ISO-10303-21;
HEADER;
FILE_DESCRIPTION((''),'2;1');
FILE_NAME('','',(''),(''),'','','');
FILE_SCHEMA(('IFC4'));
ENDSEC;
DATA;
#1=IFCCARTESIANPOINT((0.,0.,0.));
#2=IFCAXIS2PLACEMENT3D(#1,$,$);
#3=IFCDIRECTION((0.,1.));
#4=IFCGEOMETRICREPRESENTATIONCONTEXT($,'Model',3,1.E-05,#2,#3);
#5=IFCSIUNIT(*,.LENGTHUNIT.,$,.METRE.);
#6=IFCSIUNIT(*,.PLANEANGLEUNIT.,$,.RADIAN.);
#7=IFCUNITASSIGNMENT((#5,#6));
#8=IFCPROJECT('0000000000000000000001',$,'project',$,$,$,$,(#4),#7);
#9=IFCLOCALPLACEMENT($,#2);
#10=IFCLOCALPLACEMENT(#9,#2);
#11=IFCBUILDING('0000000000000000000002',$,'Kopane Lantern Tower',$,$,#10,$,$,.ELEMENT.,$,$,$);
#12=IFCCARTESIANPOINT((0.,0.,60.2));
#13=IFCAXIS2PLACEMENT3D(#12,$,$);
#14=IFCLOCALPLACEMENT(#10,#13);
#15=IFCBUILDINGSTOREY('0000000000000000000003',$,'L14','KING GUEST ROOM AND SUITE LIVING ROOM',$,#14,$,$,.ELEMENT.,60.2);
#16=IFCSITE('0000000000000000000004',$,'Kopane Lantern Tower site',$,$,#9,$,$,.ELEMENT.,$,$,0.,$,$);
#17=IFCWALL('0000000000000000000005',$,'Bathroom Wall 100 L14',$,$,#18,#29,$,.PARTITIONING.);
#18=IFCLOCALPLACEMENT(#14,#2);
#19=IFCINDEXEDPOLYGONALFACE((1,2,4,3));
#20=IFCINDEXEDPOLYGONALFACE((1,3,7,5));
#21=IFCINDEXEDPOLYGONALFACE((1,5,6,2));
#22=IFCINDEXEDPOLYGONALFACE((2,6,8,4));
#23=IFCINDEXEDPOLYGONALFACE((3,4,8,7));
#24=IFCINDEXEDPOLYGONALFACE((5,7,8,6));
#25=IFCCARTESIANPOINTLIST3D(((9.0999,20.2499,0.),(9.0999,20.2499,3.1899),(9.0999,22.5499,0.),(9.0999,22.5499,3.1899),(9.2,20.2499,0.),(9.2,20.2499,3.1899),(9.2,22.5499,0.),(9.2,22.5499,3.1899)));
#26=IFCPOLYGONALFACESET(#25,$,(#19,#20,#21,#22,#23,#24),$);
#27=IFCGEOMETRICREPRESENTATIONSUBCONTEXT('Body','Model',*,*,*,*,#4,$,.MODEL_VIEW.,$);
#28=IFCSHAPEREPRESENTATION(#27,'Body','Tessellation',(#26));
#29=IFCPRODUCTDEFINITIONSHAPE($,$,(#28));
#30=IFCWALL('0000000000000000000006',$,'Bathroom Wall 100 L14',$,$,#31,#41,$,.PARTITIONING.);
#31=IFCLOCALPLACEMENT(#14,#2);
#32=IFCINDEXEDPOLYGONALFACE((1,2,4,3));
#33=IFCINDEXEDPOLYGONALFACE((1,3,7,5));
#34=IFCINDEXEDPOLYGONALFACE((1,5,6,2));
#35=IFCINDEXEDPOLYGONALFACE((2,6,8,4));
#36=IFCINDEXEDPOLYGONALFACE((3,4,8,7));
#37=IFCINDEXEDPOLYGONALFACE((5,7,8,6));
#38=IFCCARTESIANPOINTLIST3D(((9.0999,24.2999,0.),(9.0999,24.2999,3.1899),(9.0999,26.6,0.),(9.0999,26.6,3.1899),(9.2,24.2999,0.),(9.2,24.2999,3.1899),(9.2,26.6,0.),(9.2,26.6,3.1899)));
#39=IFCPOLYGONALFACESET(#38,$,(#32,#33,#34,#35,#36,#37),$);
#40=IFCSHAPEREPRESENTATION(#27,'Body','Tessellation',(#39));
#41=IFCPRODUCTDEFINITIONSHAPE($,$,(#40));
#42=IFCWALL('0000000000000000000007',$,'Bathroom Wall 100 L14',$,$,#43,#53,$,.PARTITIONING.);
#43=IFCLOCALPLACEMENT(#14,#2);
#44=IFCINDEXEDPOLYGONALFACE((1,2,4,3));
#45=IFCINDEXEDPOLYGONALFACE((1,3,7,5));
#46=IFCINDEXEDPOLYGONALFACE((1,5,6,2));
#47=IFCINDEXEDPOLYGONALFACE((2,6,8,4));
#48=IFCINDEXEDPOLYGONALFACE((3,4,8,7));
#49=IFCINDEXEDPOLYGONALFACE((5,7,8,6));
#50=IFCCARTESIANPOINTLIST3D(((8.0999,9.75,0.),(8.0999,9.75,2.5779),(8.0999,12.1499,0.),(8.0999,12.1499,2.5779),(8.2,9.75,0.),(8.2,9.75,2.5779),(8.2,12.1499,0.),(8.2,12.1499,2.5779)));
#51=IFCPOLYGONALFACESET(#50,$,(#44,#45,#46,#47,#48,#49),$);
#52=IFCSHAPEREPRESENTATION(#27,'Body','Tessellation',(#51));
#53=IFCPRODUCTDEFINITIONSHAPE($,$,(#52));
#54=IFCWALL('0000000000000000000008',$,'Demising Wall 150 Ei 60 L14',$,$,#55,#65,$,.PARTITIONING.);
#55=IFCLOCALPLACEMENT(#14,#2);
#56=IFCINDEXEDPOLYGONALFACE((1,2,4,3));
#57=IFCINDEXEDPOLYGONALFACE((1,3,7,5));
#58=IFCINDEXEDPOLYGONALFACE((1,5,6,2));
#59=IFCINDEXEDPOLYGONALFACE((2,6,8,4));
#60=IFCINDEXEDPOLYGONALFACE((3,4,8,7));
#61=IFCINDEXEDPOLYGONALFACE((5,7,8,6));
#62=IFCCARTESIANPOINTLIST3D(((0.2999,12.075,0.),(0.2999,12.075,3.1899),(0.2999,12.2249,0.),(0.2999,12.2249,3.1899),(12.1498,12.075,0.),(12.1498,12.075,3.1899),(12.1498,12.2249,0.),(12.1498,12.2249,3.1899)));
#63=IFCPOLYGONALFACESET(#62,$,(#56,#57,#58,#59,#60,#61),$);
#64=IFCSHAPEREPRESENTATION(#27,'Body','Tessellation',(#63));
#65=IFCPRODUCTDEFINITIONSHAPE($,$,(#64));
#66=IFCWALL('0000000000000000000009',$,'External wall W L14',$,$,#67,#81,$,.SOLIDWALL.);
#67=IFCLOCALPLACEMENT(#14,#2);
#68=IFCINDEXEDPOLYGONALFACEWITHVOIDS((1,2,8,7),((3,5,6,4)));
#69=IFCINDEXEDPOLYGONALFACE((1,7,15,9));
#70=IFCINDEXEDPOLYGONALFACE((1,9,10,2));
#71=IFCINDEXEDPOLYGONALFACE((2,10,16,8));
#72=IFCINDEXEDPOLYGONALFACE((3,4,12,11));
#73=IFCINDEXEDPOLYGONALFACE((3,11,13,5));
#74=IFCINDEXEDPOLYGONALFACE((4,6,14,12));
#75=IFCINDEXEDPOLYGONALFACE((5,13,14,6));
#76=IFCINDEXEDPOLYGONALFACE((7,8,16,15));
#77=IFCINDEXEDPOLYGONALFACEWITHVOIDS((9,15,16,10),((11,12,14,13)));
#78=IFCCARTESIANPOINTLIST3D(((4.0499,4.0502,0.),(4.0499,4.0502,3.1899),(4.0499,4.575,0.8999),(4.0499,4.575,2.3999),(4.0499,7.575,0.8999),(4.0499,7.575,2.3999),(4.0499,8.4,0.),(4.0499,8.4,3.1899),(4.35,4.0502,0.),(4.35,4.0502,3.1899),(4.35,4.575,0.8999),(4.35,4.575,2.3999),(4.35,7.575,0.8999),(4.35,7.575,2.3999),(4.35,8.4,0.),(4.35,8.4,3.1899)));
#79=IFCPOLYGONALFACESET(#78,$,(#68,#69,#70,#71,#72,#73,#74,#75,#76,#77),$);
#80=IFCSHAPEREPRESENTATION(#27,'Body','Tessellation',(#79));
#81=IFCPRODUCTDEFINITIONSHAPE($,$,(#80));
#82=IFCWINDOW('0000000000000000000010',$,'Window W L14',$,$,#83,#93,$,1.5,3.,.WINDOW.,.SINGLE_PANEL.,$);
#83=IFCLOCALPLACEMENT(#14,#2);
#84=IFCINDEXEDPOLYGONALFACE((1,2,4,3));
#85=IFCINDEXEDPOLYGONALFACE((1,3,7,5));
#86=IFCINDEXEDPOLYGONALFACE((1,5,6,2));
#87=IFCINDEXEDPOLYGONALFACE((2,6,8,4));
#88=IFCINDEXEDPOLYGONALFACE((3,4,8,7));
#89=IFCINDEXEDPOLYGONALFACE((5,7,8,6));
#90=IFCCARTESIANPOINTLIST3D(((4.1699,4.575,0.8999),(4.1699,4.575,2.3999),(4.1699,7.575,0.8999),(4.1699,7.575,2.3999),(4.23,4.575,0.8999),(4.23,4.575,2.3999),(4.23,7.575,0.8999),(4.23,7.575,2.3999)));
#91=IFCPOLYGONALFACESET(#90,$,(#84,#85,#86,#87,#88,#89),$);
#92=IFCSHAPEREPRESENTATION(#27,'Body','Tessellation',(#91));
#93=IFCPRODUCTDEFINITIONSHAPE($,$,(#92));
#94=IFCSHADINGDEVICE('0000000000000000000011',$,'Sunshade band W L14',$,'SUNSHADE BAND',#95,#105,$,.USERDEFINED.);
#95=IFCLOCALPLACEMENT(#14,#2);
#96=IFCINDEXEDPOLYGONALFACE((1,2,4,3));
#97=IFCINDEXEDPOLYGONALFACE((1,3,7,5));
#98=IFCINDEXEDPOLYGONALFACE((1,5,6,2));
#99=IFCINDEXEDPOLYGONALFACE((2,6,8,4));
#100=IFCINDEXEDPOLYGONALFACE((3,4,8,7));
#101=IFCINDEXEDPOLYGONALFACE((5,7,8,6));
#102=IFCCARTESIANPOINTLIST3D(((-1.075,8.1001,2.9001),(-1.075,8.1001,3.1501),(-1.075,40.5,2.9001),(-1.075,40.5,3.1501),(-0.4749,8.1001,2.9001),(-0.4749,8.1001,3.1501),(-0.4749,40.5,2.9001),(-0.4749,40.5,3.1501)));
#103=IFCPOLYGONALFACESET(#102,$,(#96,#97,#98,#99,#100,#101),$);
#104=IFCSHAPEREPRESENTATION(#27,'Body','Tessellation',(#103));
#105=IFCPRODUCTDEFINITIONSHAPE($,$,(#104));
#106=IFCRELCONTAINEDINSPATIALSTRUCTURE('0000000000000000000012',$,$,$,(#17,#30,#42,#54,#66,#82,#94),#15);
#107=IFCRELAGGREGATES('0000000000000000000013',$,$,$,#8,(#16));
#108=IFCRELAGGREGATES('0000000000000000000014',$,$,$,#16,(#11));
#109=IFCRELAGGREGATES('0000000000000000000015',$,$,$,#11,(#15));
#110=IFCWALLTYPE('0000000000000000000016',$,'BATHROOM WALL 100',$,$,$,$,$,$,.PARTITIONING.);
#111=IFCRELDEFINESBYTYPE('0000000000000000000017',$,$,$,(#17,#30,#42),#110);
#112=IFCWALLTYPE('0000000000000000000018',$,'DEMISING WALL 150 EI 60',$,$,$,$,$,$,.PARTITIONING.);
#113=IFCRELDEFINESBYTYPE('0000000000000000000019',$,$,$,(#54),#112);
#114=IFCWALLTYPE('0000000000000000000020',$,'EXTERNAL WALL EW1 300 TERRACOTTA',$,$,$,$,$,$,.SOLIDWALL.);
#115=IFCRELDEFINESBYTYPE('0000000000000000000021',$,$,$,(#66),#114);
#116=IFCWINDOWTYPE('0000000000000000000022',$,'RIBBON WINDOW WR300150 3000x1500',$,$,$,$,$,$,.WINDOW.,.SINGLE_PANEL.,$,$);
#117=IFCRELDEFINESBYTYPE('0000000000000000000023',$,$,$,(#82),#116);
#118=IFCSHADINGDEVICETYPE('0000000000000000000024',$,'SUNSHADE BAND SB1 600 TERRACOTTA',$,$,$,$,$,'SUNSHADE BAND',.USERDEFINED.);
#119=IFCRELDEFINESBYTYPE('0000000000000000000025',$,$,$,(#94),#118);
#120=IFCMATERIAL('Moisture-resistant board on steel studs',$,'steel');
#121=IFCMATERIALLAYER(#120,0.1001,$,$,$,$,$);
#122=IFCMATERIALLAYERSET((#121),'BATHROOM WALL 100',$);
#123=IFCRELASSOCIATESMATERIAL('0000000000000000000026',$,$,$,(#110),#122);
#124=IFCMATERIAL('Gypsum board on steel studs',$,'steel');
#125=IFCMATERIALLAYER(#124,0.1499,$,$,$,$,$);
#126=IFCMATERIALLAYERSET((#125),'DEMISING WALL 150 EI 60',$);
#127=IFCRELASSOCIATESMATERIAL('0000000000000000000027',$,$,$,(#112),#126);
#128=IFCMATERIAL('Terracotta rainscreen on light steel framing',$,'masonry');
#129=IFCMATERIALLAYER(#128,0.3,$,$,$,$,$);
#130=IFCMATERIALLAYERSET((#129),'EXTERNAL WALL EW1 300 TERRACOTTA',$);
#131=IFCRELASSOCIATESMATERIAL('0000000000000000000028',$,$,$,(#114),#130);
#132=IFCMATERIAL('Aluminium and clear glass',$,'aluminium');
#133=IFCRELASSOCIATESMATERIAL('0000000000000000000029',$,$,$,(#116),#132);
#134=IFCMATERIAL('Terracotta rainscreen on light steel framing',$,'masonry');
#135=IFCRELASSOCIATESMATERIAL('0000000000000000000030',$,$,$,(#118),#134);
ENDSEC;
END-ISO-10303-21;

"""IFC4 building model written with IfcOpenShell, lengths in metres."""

from ifc_helpers import new_model, si_unit, direction, frame, frame_2d, origin, origin_2d, place, context, subcontext, project, spatial, rectangle, extrude, material, layer, layer_set, type_object, element, fill, save


model = new_model("IFC4")

# Units and contexts
model_context = context("Model", 3, precision=1e-05, world=origin(), true_north=direction((0.0, 1.0)))
body_context = subcontext(model_context, "Body", "Model", "MODEL_VIEW")
ifc_project = project(units=[si_unit("LENGTHUNIT", "METRE"), si_unit("PLANEANGLEUNIT", "RADIAN")], contexts=[model_context])

# Site, building, storey
site_placement = place(None, origin())
site = spatial("IfcSite", under=ifc_project, at=site_placement, Name="Kopane Lantern Tower site", CompositionType="ELEMENT", RefElevation=0.0)
building_placement = place(site_placement, origin())
building = spatial("IfcBuilding", under=site, at=building_placement, Name="Kopane Lantern Tower", CompositionType="ELEMENT")
storey_placement = place(building_placement, frame((0.0, 0.0, 60.2)))
storey = spatial("IfcBuildingStorey", under=building, at=storey_placement, Name="L14", Description="KING GUEST ROOM AND SUITE LIVING ROOM", CompositionType="ELEMENT", Elevation=60.2)

# Walls
ifc_material_1 = material(Name="Moisture-resistant board on steel studs", Category="steel")
ifc_layer_1 = layer(ifc_material_1, 0.1001)
ifc_layer_set_1 = layer_set([ifc_layer_1], Name="BATHROOM WALL 100")
wall_type_1 = type_object("IfcWallType", Name="BATHROOM WALL 100", PredefinedType="PARTITIONING", material=ifc_layer_set_1)
for number, where, z_axis, x_axis, name in (
    (1, (9.1499, 20.25, 0.0), (0.0, 0.0, 1.0), (0.0, 1.0, 0.0), "Bathroom Wall 100 L14"),
    (2, (9.1499, 24.3, 0.0), (0.0, 0.0, 1.0), (0.0, 1.0, 0.0), "Bathroom Wall 100 L14"),
):
    element("IfcWall", number, at=place(storey_placement, frame(where, z_axis=z_axis, x_axis=x_axis)), inside=storey, type_object=wall_type_1, Name=name, PredefinedType="PARTITIONING", context=body_context, shape_type="SweptSolid", body=[
        extrude(rectangle(XDim=2.3, YDim=0.1001, at=frame_2d((1.1499, 0.0))), origin(), (0.0, 0.0, 1.0), 3.1899),
    ])
wall_1_placement = place(storey_placement, frame((8.1499, 12.1499, 0.0), z_axis=(0.0, 0.0, 1.0), x_axis=(0.0, -1.0, 0.0)))
element("IfcWall", 3, at=wall_1_placement, inside=storey, type_object=wall_type_1, Name="Bathroom Wall 100 L14", PredefinedType="PARTITIONING", context=body_context, shape_type="SweptSolid", body=[
    extrude(rectangle(XDim=2.3999, YDim=0.1001, at=frame_2d((1.2, 0.0))), origin(), (0.0, 0.0, 1.0), 2.5779),
])
ifc_material_2 = material(Name="Gypsum board on steel studs", Category="steel")
ifc_layer_2 = layer(ifc_material_2, 0.1499)
ifc_layer_set_2 = layer_set([ifc_layer_2], Name="DEMISING WALL 150 EI 60")
wall_type_2 = type_object("IfcWallType", Name="DEMISING WALL 150 EI 60", PredefinedType="PARTITIONING", material=ifc_layer_set_2)
wall_2_placement = place(storey_placement, frame((0.3, 12.1499, 0.0), z_axis=(0.0, 0.0, 1.0), x_axis=(1.0, 0.0, 0.0)))
element("IfcWall", 4, at=wall_2_placement, inside=storey, type_object=wall_type_2, Name="Demising Wall 150 Ei 60 L14", PredefinedType="PARTITIONING", context=body_context, shape_type="SweptSolid", body=[
    extrude(rectangle(XDim=11.8499, YDim=0.1499, at=frame_2d((5.9248, 0.0))), origin(), (0.0, 0.0, 1.0), 3.1899),
])

# Wall, opening, window
ifc_material_3 = material(Name="Terracotta rainscreen on light steel framing", Category="masonry")
ifc_layer_3 = layer(ifc_material_3, 0.3)
ifc_layer_set_3 = layer_set([ifc_layer_3], Name="EXTERNAL WALL EW1 300 TERRACOTTA")
wall_type_3 = type_object("IfcWallType", Name="EXTERNAL WALL EW1 300 TERRACOTTA", PredefinedType="SOLIDWALL", material=ifc_layer_set_3)
wall_3_placement = place(storey_placement, frame((4.2, 8.3999, 0.0), z_axis=(0.0, 0.0, 1.0), x_axis=(0.0, -1.0, 0.0)))
wall_3 = element("IfcWall", 5, at=wall_3_placement, inside=storey, type_object=wall_type_3, Name="External wall W L14", PredefinedType="SOLIDWALL", context=body_context, shape_type="SweptSolid", body=[
    extrude(rectangle(XDim=4.3499, YDim=0.3, at=frame_2d((2.1748, 0.0))), origin(), (0.0, 0.0, 1.0), 3.1899),
])
opening_1_placement = place(wall_3_placement, frame((0.825, 0.0, 0.8999)))
opening_1 = element("IfcOpeningElement", 6, at=opening_1_placement, cuts=wall_3, PredefinedType="OPENING", context=body_context, shape_type="SweptSolid", body=[
    extrude(rectangle(XDim=3.0, YDim=1.5, at=frame_2d((1.5, 0.75))), frame((0.0, 0.1599, 0.0), z_axis=(0.0, -1.0, 0.0), x_axis=(1.0, 0.0, 0.0)), (0.0, 0.0, 1.0), 0.3201),
])
ifc_material_4 = material(Name="Aluminium and clear glass", Category="aluminium")
window_type = type_object("IfcWindowType", Name="RIBBON WINDOW WR300150 3000x1500", PartitioningType="SINGLE_PANEL", PredefinedType="WINDOW", material=ifc_material_4)
window_placement = place(opening_1_placement, origin())
window = element("IfcWindow", 7, at=window_placement, inside=storey, type_object=window_type, Name="Window W L14", OverallHeight=1.5, OverallWidth=3.0, PartitioningType="SINGLE_PANEL", PredefinedType="WINDOW", context=body_context, shape_type="SweptSolid", body=[
    extrude(rectangle(XDim=3.0, YDim=1.5, at=frame_2d((1.5, 0.75))), frame((0.0, 0.03, 0.0), z_axis=(0.0, -1.0, 0.0), x_axis=(1.0, 0.0, 0.0)), (0.0, 0.0, 1.0), 0.0601),
])
fill(opening_1, window)

# Shading device
ifc_material_5 = material(Name="Terracotta rainscreen on light steel framing", Category="masonry")
shading_device_type = type_object("IfcShadingDeviceType", Name="SUNSHADE BAND SB1 600 TERRACOTTA", ElementType="SUNSHADE BAND", PredefinedType="USERDEFINED", material=ifc_material_5)
shading_device_placement = place(storey_placement, frame((-0.7749, 24.3, 2.9001), z_axis=(0.0, 0.0, 1.0), x_axis=(0.0, -1.0, 0.0)))
element("IfcShadingDevice", 8, at=shading_device_placement, inside=storey, type_object=shading_device_type, Name="Sunshade band W L14", ObjectType="SUNSHADE BAND", PredefinedType="USERDEFINED", context=body_context, shape_type="SweptSolid", body=[
    extrude(rectangle(XDim=32.3999, YDim=0.6001, at=origin_2d()), origin(), (0.0, 0.0, 1.0), 0.25),
])

save(model, "model.ifc")
